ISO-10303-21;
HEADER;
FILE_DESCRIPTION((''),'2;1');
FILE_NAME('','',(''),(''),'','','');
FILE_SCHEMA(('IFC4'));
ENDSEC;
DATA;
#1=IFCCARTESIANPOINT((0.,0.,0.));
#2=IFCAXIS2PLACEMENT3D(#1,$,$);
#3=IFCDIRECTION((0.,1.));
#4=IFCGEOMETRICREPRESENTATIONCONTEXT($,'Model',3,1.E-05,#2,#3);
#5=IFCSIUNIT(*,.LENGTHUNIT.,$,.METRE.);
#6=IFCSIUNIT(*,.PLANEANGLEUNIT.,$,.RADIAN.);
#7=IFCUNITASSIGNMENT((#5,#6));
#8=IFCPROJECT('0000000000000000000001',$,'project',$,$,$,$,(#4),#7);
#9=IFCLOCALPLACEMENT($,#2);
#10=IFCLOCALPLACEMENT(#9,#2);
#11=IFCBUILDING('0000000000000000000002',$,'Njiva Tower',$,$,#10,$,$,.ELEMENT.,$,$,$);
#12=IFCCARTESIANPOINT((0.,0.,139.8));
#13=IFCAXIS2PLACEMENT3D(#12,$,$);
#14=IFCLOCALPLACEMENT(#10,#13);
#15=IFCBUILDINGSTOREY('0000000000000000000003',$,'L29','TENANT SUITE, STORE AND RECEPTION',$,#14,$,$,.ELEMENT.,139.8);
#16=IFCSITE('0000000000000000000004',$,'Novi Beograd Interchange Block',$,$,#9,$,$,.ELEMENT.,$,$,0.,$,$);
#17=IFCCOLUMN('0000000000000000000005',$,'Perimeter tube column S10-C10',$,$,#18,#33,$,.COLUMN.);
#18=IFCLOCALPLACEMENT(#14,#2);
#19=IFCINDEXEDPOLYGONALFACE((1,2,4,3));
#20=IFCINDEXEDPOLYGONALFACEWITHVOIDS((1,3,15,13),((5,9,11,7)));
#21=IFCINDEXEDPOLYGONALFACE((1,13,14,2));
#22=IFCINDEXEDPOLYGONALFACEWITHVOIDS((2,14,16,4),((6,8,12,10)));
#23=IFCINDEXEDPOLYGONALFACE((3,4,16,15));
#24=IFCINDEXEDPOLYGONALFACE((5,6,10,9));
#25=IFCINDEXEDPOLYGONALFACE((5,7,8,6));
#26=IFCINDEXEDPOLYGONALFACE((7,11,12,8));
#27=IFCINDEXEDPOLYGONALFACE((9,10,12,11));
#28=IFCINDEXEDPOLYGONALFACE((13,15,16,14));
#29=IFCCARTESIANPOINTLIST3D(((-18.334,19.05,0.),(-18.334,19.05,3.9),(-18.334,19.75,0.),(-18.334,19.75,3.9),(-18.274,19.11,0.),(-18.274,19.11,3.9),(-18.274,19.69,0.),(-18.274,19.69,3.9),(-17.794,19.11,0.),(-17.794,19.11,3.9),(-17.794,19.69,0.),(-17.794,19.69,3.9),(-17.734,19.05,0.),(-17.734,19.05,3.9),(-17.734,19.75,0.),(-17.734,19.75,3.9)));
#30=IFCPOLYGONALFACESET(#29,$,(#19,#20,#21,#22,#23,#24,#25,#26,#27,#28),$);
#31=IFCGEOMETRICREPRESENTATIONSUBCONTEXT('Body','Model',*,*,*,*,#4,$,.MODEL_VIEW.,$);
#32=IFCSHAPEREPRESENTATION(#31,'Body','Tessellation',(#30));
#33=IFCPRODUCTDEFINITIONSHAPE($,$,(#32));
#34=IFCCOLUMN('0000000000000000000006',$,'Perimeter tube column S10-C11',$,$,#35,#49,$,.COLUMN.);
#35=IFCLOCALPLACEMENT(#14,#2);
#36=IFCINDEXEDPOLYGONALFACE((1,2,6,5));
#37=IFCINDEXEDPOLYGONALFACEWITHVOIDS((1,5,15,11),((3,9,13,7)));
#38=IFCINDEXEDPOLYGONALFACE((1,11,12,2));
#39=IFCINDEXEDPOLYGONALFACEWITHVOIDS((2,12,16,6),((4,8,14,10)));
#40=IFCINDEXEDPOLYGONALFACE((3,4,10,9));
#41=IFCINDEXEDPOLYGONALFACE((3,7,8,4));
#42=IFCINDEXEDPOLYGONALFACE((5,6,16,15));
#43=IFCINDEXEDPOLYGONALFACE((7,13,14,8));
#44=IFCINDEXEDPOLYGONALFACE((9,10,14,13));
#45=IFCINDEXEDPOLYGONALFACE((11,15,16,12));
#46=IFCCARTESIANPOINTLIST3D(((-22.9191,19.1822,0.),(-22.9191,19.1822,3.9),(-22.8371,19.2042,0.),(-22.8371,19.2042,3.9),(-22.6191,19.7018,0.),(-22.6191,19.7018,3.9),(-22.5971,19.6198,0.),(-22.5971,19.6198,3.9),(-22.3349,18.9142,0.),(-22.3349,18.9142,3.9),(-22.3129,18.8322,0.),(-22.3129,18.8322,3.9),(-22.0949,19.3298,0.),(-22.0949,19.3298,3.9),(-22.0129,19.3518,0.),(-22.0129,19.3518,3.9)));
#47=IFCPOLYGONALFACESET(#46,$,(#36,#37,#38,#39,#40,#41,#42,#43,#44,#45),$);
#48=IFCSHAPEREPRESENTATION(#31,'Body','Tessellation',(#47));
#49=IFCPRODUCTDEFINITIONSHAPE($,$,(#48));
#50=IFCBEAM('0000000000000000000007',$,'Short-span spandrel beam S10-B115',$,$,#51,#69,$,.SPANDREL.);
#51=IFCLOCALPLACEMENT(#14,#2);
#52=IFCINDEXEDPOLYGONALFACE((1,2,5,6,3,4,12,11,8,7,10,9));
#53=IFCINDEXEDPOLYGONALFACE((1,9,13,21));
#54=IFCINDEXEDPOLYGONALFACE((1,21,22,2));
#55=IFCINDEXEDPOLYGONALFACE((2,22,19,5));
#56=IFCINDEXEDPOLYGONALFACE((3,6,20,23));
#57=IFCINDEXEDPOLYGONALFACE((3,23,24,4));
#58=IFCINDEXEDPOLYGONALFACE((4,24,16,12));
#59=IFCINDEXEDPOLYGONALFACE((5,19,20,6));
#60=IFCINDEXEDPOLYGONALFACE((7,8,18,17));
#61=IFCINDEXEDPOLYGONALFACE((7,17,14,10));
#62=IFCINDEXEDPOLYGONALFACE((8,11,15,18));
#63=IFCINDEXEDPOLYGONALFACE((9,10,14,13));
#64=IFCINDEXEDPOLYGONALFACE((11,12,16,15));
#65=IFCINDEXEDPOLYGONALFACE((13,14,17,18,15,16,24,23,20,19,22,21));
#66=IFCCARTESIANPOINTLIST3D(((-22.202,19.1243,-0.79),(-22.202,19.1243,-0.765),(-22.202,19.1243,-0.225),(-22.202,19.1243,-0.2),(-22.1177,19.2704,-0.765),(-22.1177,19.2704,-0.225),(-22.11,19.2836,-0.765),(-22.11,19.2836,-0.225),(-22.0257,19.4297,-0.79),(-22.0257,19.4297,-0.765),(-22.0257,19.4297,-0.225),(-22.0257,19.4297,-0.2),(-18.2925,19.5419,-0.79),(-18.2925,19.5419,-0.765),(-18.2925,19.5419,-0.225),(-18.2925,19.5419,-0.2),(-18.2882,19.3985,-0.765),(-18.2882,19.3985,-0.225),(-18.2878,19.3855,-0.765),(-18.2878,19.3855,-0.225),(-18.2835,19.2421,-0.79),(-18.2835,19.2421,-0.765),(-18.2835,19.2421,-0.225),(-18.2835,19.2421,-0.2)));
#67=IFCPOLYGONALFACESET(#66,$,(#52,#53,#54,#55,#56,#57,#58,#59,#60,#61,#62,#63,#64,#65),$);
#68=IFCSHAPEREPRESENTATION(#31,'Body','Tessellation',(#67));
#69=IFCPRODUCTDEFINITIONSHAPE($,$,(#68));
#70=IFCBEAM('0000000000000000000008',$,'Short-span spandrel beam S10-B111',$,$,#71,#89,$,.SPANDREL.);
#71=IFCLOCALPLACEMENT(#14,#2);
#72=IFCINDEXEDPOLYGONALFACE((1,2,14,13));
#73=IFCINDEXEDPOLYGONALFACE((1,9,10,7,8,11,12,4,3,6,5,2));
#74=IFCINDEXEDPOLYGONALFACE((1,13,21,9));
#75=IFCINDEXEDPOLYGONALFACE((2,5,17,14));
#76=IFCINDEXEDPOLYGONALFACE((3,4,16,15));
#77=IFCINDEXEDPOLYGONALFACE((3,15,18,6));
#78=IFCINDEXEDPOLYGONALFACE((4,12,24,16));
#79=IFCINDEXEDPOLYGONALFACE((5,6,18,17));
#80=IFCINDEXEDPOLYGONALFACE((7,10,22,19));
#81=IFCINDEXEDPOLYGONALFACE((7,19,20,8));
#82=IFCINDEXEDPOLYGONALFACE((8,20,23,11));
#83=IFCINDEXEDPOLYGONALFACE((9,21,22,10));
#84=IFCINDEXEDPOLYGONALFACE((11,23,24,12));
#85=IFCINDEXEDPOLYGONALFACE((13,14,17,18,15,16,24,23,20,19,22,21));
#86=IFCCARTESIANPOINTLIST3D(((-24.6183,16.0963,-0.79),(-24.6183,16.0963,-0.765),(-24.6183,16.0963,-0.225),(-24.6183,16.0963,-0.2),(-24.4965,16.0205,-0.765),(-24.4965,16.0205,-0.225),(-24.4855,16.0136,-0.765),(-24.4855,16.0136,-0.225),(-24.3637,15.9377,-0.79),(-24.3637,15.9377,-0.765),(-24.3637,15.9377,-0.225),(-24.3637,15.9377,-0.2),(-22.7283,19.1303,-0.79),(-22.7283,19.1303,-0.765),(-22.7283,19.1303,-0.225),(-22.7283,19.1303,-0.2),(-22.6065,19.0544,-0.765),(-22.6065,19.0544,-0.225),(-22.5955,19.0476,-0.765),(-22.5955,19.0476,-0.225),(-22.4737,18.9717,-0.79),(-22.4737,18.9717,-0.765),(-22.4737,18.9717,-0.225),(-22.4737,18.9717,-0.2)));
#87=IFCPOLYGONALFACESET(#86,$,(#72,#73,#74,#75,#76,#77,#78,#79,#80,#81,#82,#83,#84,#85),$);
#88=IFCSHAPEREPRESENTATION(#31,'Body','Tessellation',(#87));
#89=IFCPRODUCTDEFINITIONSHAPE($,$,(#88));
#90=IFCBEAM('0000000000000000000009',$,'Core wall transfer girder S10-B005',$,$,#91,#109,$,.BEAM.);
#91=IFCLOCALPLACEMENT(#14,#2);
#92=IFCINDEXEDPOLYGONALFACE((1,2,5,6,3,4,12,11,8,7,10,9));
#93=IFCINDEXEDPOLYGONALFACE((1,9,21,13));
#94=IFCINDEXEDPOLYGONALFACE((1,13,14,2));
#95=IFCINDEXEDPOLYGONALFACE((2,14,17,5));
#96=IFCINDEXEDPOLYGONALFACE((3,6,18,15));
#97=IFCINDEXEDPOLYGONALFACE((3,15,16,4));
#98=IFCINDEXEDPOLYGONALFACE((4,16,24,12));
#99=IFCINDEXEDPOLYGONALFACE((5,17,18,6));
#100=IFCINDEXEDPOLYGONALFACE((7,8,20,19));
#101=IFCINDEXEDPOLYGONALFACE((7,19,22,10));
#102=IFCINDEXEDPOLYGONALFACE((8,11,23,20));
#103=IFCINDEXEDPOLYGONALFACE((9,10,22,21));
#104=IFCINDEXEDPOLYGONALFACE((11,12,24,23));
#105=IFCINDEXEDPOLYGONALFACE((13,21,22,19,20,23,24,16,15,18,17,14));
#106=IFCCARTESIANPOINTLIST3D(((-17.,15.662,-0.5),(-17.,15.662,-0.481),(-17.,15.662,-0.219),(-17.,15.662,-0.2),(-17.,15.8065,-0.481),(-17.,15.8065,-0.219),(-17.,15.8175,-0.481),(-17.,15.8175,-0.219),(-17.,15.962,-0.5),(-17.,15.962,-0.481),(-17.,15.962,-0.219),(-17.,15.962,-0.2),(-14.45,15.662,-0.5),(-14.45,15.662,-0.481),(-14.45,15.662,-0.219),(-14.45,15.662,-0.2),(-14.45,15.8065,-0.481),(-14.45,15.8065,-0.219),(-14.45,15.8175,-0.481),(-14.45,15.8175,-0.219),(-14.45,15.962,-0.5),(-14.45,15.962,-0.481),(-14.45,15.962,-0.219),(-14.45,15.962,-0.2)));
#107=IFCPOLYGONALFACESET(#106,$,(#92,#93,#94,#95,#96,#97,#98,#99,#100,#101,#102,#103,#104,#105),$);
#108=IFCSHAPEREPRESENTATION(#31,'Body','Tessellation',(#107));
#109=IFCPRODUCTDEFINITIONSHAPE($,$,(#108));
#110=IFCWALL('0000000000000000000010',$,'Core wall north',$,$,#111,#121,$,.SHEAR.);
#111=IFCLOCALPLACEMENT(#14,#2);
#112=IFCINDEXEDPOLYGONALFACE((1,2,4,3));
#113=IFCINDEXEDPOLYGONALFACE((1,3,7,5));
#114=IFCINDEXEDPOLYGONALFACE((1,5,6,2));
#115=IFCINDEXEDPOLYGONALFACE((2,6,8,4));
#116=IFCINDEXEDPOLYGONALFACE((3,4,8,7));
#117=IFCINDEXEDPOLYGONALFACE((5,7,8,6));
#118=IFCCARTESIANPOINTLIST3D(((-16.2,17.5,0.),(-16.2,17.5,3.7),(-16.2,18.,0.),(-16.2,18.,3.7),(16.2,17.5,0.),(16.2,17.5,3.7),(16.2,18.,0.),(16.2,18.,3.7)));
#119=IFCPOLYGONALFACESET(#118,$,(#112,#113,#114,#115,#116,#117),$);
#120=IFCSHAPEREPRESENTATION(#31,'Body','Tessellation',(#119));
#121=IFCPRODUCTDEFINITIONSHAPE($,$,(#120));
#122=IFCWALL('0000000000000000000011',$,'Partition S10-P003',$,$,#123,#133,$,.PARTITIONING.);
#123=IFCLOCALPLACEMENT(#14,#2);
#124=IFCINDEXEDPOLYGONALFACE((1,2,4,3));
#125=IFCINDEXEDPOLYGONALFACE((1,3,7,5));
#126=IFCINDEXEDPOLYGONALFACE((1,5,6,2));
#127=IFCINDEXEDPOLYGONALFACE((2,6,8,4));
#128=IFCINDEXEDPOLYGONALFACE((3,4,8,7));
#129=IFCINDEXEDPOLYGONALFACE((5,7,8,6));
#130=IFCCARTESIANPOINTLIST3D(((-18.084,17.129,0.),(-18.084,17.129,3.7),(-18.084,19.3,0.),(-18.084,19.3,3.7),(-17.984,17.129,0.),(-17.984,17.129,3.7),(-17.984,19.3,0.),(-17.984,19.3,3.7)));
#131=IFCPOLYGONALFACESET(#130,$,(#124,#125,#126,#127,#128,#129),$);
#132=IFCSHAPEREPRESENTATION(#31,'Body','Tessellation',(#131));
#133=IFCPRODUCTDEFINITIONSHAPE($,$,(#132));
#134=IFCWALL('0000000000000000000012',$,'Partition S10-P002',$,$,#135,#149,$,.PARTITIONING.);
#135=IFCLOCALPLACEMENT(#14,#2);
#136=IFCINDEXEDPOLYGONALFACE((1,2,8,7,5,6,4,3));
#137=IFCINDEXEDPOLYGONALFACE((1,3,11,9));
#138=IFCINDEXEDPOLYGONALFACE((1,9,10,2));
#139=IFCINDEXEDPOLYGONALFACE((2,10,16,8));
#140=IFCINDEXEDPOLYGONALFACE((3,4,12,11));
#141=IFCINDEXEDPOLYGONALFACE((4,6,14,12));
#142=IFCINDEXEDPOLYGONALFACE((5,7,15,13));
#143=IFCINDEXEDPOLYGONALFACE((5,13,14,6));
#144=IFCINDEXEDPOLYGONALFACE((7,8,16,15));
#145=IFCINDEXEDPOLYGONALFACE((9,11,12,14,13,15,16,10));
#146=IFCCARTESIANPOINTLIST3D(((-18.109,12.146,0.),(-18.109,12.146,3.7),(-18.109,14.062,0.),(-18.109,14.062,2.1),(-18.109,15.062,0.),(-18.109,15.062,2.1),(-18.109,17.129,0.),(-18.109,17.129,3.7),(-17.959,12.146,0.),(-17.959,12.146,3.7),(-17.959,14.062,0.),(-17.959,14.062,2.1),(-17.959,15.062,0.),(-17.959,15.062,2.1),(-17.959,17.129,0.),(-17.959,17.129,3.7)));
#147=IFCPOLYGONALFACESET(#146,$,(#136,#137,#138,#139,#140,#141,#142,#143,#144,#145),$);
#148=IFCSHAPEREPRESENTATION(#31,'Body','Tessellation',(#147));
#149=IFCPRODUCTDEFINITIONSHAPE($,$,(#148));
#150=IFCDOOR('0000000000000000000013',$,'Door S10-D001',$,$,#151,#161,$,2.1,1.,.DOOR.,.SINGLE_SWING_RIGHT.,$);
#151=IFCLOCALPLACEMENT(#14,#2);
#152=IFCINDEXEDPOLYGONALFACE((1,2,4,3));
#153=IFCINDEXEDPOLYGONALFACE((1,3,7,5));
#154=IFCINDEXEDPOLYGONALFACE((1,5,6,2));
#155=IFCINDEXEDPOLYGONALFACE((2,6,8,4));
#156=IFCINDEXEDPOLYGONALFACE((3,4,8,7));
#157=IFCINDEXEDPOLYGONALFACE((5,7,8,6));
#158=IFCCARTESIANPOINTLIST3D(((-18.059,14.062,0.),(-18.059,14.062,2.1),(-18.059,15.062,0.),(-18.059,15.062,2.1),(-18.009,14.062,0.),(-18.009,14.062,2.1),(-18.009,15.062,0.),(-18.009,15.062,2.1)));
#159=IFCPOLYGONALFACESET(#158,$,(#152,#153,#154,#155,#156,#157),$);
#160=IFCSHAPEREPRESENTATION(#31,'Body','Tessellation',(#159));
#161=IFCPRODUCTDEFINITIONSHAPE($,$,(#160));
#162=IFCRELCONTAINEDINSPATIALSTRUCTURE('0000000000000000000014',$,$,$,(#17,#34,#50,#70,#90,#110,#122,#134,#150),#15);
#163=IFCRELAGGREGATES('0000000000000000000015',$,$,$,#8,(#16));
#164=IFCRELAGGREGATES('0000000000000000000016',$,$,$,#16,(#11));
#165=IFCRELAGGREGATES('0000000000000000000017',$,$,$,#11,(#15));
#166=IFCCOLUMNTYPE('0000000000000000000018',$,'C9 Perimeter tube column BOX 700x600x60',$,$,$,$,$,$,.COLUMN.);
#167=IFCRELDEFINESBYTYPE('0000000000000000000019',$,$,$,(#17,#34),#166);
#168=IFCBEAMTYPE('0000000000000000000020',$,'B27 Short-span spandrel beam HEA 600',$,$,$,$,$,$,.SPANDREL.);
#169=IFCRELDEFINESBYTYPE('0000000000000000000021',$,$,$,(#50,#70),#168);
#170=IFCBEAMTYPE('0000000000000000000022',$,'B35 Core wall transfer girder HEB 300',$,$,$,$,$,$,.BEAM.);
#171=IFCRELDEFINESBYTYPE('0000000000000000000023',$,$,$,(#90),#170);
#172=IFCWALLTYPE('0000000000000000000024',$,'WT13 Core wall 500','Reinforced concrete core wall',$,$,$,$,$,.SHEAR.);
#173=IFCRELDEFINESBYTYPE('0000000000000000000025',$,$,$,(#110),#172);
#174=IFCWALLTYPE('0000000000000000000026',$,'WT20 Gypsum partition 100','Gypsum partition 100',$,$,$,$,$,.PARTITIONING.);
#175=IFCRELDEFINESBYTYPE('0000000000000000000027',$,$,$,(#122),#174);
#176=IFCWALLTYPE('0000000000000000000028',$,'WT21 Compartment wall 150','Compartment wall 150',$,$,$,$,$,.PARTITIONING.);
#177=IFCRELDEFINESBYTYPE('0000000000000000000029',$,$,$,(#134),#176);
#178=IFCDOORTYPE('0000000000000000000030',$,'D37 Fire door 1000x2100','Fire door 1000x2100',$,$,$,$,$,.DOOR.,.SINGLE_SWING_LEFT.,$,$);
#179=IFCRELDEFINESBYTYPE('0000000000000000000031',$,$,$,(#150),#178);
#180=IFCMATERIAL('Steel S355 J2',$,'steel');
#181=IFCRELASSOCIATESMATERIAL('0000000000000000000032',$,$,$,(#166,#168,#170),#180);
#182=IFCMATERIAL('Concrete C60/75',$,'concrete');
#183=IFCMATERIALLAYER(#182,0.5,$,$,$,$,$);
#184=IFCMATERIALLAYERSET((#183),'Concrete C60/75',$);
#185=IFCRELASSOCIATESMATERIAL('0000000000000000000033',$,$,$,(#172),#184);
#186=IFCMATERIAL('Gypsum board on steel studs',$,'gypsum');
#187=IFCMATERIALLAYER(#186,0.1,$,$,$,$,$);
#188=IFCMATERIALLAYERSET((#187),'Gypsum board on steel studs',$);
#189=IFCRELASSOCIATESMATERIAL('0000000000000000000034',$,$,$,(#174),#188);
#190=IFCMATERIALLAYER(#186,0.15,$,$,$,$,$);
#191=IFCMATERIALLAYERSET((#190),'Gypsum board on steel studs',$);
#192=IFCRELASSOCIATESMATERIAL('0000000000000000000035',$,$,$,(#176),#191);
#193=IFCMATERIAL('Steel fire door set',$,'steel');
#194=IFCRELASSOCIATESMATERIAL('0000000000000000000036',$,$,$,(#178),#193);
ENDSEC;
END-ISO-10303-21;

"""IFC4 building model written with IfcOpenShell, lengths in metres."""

from ifc_helpers import new_model, si_unit, direction, frame, frame_2d, origin, origin_2d, place, context, subcontext, project, spatial, rectangle, hollow_rectangle, i_section, extrude, clip, halfspace, material, layer, layer_set, material_profile, profile_set, type_object, element, fill, save


model = new_model("IFC4")

# Units and contexts
model_context = context("Model", 3, precision=1e-05, world=origin(), true_north=direction((0.0, 1.0)))
body_context = subcontext(model_context, "Body", "Model", "MODEL_VIEW")
ifc_project = project(units=[si_unit("LENGTHUNIT", "METRE"), si_unit("PLANEANGLEUNIT", "RADIAN")], contexts=[model_context])

# Site, building, storey
site_placement = place(None, origin())
site = spatial("IfcSite", under=ifc_project, at=site_placement, Name="Novi Beograd Interchange Block", CompositionType="ELEMENT", RefElevation=0.0)
building_placement = place(site_placement, origin())
building = spatial("IfcBuilding", under=site, at=building_placement, Name="Njiva Tower", CompositionType="ELEMENT")
storey_placement = place(building_placement, frame((0.0, 0.0, 139.8)))
storey = spatial("IfcBuildingStorey", under=building, at=storey_placement, Name="L29", Description="TENANT SUITE, STORE AND RECEPTION", CompositionType="ELEMENT", Elevation=139.8)

# Columns
ifc_material_1 = material(Name="Steel S355 J2", Category="steel")
ifc_material_profile_1 = material_profile(ifc_material_1, hollow_rectangle(XDim=0.6, YDim=0.7, WallThickness=0.06, at=origin_2d()), Name="BOX 700x600x60")
ifc_profile_set_1 = profile_set([ifc_material_profile_1], Name="Steel S355 J2")
column_type = type_object("IfcColumnType", Name="C9 Perimeter tube column BOX 700x600x60", PredefinedType="COLUMN", material=ifc_profile_set_1)
for number, where, z_axis, x_axis, name in (
    (1, (-18.034, 19.4, 0.0), (0.0, 0.0, 1.0), (-1.0, 0.0, 0.0), "Perimeter tube column S10-C10"),
    (2, (-22.466, 19.267, 0.0), (0.0, 0.0, 1.0), (-0.5, -0.866025, 0.0), "Perimeter tube column S10-C11"),
):
    element("IfcColumn", number, at=place(storey_placement, frame(where, z_axis=z_axis, x_axis=x_axis)), inside=storey, type_object=column_type, Name=name, PredefinedType="COLUMN", context=body_context, shape_type="SweptSolid", body=[
        extrude(hollow_rectangle(XDim=0.6, YDim=0.7, WallThickness=0.06, at=origin_2d()), origin(), (0.0, 0.0, 1.0), 3.9),
    ])

# Beams
ifc_material_profile_2 = material_profile(ifc_material_1, i_section(OverallWidth=0.3, OverallDepth=0.59, WebThickness=0.013, FlangeThickness=0.025, at=origin_2d()), Name="HEA 600")
ifc_profile_set_2 = profile_set([ifc_material_profile_2], Name="Steel S355 J2")
beam_type_1 = type_object("IfcBeamType", Name="B27 Short-span spandrel beam HEA 600", PredefinedType="SPANDREL", material=ifc_profile_set_2)
beam_1_placement = place(storey_placement, frame((-18.288, 19.392, -0.495), z_axis=(-0.999549, -0.030044, 0.0), x_axis=(0.030044, -0.999549, 0.0)))
element("IfcBeam", 3, at=beam_1_placement, inside=storey, type_object=beam_type_1, Name="Short-span spandrel beam S10-B115", PredefinedType="SPANDREL", context=body_context, shape_type="Clipping", body=[
    clip(extrude(i_section(OverallWidth=0.3, OverallDepth=0.59, WebThickness=0.013, FlangeThickness=0.025, at=origin_2d()), origin(), (0.0, 0.0, 1.0), 3.9407), halfspace(frame((-0.0268, 0.0, 3.811), z_axis=(-0.525791, 0.0, 0.850614), x_axis=(0.0, 1.0, 0.0)), False)),
])
beam_2_placement = place(storey_placement, frame((-22.601, 19.051, -0.495), z_axis=(-0.528741, -0.848783, 0.0), x_axis=(0.848783, -0.528741, 0.0)))
element("IfcBeam", 4, at=beam_2_placement, inside=storey, type_object=beam_type_1, Name="Short-span spandrel beam S10-B111", PredefinedType="SPANDREL", context=body_context, shape_type="SweptSolid", body=[
    extrude(i_section(OverallWidth=0.3, OverallDepth=0.59, WebThickness=0.013, FlangeThickness=0.025, at=origin_2d()), origin(), (0.0, 0.0, 1.0), 3.5745),
])
ifc_material_profile_3 = material_profile(ifc_material_1, i_section(OverallWidth=0.3, OverallDepth=0.3, WebThickness=0.011, FlangeThickness=0.019, at=origin_2d()), Name="HEB 300")
ifc_profile_set_3 = profile_set([ifc_material_profile_3], Name="Steel S355 J2")
beam_type_2 = type_object("IfcBeamType", Name="B35 Core wall transfer girder HEB 300", PredefinedType="BEAM", material=ifc_profile_set_3)
beam_3_placement = place(storey_placement, frame((-17.0, 15.812, -0.35), z_axis=(1.0, 0.0, 0.0), x_axis=(0.0, 1.0, 0.0)))
element("IfcBeam", 5, at=beam_3_placement, inside=storey, type_object=beam_type_2, Name="Core wall transfer girder S10-B005", PredefinedType="BEAM", context=body_context, shape_type="SweptSolid", body=[
    extrude(i_section(OverallWidth=0.3, OverallDepth=0.3, WebThickness=0.011, FlangeThickness=0.019, at=origin_2d()), origin(), (0.0, 0.0, 1.0), 2.55),
])

# Walls
ifc_material_2 = material(Name="Concrete C60/75", Category="concrete")
ifc_layer_1 = layer(ifc_material_2, 0.5)
ifc_layer_set_1 = layer_set([ifc_layer_1], Name="Concrete C60/75")
wall_type_1 = type_object("IfcWallType", Name="WT13 Core wall 500", Description="Reinforced concrete core wall", PredefinedType="SHEAR", material=ifc_layer_set_1)
wall_1_placement = place(storey_placement, frame((-16.2, 17.75, 0.0), z_axis=(0.0, 0.0, 1.0), x_axis=(1.0, 0.0, 0.0)))
element("IfcWall", 6, at=wall_1_placement, inside=storey, type_object=wall_type_1, Name="Core wall north", PredefinedType="SHEAR", context=body_context, shape_type="SweptSolid", body=[
    extrude(rectangle(XDim=32.4, YDim=0.5, at=frame_2d((16.2, 0.0))), origin(), (0.0, 0.0, 1.0), 3.7),
])
ifc_material_3 = material(Name="Gypsum board on steel studs", Category="gypsum")
ifc_layer_2 = layer(ifc_material_3, 0.1)
ifc_layer_set_2 = layer_set([ifc_layer_2], Name="Gypsum board on steel studs")
wall_type_2 = type_object("IfcWallType", Name="WT20 Gypsum partition 100", Description="Gypsum partition 100", PredefinedType="PARTITIONING", material=ifc_layer_set_2)
wall_2_placement = place(storey_placement, frame((-18.034, 17.129, 0.0), z_axis=(0.0, 0.0, 1.0), x_axis=(0.0, 1.0, 0.0)))
element("IfcWall", 7, at=wall_2_placement, inside=storey, type_object=wall_type_2, Name="Partition S10-P003", PredefinedType="PARTITIONING", context=body_context, shape_type="SweptSolid", body=[
    extrude(rectangle(XDim=2.171, YDim=0.1, at=frame_2d((1.0855, 0.0))), origin(), (0.0, 0.0, 1.0), 3.7),
])

# Wall, opening, door
ifc_layer_3 = layer(ifc_material_3, 0.15)
ifc_layer_set_3 = layer_set([ifc_layer_3], Name="Gypsum board on steel studs")
wall_type_3 = type_object("IfcWallType", Name="WT21 Compartment wall 150", Description="Compartment wall 150", PredefinedType="PARTITIONING", material=ifc_layer_set_3)
wall_3_placement = place(storey_placement, frame((-18.034, 12.146, 0.0), z_axis=(0.0, 0.0, 1.0), x_axis=(0.0, 1.0, 0.0)))
wall_3 = element("IfcWall", 8, at=wall_3_placement, inside=storey, type_object=wall_type_3, Name="Partition S10-P002", PredefinedType="PARTITIONING", context=body_context, shape_type="SweptSolid", body=[
    extrude(rectangle(XDim=4.983, YDim=0.15, at=frame_2d((2.4915, 0.0))), origin(), (0.0, 0.0, 1.0), 3.7),
])
opening_1_placement = place(wall_3_placement, frame((1.916, 0.0, 0.0)))
opening_1 = element("IfcOpeningElement", 9, at=opening_1_placement, cuts=wall_3, PredefinedType="OPENING", context=body_context, shape_type="SweptSolid", body=[
    extrude(rectangle(XDim=1.0, YDim=2.1, at=frame_2d((0.5, 1.05))), frame((0.0, 0.085, 0.0), z_axis=(0.0, -1.0, 0.0), x_axis=(1.0, 0.0, 0.0)), (0.0, 0.0, 1.0), 0.17),
])
ifc_material_4 = material(Name="Steel fire door set", Category="steel")
door_type = type_object("IfcDoorType", Name="D37 Fire door 1000x2100", Description="Fire door 1000x2100", OperationType="SINGLE_SWING_LEFT", PredefinedType="DOOR", material=ifc_material_4)
door_1_placement = place(opening_1_placement, origin())
door_1 = element("IfcDoor", 10, at=door_1_placement, inside=storey, type_object=door_type, Name="Door S10-D001", OperationType="SINGLE_SWING_RIGHT", OverallHeight=2.1, OverallWidth=1.0, PredefinedType="DOOR", context=body_context, shape_type="SweptSolid", body=[
    extrude(rectangle(XDim=1.0, YDim=2.1, at=frame_2d((0.5, 1.05))), frame((0.0, 0.025, 0.0), z_axis=(0.0, -1.0, 0.0), x_axis=(1.0, 0.0, 0.0)), (0.0, 0.0, 1.0), 0.05),
])
fill(opening_1, door_1)

save(model, "model.ifc")
